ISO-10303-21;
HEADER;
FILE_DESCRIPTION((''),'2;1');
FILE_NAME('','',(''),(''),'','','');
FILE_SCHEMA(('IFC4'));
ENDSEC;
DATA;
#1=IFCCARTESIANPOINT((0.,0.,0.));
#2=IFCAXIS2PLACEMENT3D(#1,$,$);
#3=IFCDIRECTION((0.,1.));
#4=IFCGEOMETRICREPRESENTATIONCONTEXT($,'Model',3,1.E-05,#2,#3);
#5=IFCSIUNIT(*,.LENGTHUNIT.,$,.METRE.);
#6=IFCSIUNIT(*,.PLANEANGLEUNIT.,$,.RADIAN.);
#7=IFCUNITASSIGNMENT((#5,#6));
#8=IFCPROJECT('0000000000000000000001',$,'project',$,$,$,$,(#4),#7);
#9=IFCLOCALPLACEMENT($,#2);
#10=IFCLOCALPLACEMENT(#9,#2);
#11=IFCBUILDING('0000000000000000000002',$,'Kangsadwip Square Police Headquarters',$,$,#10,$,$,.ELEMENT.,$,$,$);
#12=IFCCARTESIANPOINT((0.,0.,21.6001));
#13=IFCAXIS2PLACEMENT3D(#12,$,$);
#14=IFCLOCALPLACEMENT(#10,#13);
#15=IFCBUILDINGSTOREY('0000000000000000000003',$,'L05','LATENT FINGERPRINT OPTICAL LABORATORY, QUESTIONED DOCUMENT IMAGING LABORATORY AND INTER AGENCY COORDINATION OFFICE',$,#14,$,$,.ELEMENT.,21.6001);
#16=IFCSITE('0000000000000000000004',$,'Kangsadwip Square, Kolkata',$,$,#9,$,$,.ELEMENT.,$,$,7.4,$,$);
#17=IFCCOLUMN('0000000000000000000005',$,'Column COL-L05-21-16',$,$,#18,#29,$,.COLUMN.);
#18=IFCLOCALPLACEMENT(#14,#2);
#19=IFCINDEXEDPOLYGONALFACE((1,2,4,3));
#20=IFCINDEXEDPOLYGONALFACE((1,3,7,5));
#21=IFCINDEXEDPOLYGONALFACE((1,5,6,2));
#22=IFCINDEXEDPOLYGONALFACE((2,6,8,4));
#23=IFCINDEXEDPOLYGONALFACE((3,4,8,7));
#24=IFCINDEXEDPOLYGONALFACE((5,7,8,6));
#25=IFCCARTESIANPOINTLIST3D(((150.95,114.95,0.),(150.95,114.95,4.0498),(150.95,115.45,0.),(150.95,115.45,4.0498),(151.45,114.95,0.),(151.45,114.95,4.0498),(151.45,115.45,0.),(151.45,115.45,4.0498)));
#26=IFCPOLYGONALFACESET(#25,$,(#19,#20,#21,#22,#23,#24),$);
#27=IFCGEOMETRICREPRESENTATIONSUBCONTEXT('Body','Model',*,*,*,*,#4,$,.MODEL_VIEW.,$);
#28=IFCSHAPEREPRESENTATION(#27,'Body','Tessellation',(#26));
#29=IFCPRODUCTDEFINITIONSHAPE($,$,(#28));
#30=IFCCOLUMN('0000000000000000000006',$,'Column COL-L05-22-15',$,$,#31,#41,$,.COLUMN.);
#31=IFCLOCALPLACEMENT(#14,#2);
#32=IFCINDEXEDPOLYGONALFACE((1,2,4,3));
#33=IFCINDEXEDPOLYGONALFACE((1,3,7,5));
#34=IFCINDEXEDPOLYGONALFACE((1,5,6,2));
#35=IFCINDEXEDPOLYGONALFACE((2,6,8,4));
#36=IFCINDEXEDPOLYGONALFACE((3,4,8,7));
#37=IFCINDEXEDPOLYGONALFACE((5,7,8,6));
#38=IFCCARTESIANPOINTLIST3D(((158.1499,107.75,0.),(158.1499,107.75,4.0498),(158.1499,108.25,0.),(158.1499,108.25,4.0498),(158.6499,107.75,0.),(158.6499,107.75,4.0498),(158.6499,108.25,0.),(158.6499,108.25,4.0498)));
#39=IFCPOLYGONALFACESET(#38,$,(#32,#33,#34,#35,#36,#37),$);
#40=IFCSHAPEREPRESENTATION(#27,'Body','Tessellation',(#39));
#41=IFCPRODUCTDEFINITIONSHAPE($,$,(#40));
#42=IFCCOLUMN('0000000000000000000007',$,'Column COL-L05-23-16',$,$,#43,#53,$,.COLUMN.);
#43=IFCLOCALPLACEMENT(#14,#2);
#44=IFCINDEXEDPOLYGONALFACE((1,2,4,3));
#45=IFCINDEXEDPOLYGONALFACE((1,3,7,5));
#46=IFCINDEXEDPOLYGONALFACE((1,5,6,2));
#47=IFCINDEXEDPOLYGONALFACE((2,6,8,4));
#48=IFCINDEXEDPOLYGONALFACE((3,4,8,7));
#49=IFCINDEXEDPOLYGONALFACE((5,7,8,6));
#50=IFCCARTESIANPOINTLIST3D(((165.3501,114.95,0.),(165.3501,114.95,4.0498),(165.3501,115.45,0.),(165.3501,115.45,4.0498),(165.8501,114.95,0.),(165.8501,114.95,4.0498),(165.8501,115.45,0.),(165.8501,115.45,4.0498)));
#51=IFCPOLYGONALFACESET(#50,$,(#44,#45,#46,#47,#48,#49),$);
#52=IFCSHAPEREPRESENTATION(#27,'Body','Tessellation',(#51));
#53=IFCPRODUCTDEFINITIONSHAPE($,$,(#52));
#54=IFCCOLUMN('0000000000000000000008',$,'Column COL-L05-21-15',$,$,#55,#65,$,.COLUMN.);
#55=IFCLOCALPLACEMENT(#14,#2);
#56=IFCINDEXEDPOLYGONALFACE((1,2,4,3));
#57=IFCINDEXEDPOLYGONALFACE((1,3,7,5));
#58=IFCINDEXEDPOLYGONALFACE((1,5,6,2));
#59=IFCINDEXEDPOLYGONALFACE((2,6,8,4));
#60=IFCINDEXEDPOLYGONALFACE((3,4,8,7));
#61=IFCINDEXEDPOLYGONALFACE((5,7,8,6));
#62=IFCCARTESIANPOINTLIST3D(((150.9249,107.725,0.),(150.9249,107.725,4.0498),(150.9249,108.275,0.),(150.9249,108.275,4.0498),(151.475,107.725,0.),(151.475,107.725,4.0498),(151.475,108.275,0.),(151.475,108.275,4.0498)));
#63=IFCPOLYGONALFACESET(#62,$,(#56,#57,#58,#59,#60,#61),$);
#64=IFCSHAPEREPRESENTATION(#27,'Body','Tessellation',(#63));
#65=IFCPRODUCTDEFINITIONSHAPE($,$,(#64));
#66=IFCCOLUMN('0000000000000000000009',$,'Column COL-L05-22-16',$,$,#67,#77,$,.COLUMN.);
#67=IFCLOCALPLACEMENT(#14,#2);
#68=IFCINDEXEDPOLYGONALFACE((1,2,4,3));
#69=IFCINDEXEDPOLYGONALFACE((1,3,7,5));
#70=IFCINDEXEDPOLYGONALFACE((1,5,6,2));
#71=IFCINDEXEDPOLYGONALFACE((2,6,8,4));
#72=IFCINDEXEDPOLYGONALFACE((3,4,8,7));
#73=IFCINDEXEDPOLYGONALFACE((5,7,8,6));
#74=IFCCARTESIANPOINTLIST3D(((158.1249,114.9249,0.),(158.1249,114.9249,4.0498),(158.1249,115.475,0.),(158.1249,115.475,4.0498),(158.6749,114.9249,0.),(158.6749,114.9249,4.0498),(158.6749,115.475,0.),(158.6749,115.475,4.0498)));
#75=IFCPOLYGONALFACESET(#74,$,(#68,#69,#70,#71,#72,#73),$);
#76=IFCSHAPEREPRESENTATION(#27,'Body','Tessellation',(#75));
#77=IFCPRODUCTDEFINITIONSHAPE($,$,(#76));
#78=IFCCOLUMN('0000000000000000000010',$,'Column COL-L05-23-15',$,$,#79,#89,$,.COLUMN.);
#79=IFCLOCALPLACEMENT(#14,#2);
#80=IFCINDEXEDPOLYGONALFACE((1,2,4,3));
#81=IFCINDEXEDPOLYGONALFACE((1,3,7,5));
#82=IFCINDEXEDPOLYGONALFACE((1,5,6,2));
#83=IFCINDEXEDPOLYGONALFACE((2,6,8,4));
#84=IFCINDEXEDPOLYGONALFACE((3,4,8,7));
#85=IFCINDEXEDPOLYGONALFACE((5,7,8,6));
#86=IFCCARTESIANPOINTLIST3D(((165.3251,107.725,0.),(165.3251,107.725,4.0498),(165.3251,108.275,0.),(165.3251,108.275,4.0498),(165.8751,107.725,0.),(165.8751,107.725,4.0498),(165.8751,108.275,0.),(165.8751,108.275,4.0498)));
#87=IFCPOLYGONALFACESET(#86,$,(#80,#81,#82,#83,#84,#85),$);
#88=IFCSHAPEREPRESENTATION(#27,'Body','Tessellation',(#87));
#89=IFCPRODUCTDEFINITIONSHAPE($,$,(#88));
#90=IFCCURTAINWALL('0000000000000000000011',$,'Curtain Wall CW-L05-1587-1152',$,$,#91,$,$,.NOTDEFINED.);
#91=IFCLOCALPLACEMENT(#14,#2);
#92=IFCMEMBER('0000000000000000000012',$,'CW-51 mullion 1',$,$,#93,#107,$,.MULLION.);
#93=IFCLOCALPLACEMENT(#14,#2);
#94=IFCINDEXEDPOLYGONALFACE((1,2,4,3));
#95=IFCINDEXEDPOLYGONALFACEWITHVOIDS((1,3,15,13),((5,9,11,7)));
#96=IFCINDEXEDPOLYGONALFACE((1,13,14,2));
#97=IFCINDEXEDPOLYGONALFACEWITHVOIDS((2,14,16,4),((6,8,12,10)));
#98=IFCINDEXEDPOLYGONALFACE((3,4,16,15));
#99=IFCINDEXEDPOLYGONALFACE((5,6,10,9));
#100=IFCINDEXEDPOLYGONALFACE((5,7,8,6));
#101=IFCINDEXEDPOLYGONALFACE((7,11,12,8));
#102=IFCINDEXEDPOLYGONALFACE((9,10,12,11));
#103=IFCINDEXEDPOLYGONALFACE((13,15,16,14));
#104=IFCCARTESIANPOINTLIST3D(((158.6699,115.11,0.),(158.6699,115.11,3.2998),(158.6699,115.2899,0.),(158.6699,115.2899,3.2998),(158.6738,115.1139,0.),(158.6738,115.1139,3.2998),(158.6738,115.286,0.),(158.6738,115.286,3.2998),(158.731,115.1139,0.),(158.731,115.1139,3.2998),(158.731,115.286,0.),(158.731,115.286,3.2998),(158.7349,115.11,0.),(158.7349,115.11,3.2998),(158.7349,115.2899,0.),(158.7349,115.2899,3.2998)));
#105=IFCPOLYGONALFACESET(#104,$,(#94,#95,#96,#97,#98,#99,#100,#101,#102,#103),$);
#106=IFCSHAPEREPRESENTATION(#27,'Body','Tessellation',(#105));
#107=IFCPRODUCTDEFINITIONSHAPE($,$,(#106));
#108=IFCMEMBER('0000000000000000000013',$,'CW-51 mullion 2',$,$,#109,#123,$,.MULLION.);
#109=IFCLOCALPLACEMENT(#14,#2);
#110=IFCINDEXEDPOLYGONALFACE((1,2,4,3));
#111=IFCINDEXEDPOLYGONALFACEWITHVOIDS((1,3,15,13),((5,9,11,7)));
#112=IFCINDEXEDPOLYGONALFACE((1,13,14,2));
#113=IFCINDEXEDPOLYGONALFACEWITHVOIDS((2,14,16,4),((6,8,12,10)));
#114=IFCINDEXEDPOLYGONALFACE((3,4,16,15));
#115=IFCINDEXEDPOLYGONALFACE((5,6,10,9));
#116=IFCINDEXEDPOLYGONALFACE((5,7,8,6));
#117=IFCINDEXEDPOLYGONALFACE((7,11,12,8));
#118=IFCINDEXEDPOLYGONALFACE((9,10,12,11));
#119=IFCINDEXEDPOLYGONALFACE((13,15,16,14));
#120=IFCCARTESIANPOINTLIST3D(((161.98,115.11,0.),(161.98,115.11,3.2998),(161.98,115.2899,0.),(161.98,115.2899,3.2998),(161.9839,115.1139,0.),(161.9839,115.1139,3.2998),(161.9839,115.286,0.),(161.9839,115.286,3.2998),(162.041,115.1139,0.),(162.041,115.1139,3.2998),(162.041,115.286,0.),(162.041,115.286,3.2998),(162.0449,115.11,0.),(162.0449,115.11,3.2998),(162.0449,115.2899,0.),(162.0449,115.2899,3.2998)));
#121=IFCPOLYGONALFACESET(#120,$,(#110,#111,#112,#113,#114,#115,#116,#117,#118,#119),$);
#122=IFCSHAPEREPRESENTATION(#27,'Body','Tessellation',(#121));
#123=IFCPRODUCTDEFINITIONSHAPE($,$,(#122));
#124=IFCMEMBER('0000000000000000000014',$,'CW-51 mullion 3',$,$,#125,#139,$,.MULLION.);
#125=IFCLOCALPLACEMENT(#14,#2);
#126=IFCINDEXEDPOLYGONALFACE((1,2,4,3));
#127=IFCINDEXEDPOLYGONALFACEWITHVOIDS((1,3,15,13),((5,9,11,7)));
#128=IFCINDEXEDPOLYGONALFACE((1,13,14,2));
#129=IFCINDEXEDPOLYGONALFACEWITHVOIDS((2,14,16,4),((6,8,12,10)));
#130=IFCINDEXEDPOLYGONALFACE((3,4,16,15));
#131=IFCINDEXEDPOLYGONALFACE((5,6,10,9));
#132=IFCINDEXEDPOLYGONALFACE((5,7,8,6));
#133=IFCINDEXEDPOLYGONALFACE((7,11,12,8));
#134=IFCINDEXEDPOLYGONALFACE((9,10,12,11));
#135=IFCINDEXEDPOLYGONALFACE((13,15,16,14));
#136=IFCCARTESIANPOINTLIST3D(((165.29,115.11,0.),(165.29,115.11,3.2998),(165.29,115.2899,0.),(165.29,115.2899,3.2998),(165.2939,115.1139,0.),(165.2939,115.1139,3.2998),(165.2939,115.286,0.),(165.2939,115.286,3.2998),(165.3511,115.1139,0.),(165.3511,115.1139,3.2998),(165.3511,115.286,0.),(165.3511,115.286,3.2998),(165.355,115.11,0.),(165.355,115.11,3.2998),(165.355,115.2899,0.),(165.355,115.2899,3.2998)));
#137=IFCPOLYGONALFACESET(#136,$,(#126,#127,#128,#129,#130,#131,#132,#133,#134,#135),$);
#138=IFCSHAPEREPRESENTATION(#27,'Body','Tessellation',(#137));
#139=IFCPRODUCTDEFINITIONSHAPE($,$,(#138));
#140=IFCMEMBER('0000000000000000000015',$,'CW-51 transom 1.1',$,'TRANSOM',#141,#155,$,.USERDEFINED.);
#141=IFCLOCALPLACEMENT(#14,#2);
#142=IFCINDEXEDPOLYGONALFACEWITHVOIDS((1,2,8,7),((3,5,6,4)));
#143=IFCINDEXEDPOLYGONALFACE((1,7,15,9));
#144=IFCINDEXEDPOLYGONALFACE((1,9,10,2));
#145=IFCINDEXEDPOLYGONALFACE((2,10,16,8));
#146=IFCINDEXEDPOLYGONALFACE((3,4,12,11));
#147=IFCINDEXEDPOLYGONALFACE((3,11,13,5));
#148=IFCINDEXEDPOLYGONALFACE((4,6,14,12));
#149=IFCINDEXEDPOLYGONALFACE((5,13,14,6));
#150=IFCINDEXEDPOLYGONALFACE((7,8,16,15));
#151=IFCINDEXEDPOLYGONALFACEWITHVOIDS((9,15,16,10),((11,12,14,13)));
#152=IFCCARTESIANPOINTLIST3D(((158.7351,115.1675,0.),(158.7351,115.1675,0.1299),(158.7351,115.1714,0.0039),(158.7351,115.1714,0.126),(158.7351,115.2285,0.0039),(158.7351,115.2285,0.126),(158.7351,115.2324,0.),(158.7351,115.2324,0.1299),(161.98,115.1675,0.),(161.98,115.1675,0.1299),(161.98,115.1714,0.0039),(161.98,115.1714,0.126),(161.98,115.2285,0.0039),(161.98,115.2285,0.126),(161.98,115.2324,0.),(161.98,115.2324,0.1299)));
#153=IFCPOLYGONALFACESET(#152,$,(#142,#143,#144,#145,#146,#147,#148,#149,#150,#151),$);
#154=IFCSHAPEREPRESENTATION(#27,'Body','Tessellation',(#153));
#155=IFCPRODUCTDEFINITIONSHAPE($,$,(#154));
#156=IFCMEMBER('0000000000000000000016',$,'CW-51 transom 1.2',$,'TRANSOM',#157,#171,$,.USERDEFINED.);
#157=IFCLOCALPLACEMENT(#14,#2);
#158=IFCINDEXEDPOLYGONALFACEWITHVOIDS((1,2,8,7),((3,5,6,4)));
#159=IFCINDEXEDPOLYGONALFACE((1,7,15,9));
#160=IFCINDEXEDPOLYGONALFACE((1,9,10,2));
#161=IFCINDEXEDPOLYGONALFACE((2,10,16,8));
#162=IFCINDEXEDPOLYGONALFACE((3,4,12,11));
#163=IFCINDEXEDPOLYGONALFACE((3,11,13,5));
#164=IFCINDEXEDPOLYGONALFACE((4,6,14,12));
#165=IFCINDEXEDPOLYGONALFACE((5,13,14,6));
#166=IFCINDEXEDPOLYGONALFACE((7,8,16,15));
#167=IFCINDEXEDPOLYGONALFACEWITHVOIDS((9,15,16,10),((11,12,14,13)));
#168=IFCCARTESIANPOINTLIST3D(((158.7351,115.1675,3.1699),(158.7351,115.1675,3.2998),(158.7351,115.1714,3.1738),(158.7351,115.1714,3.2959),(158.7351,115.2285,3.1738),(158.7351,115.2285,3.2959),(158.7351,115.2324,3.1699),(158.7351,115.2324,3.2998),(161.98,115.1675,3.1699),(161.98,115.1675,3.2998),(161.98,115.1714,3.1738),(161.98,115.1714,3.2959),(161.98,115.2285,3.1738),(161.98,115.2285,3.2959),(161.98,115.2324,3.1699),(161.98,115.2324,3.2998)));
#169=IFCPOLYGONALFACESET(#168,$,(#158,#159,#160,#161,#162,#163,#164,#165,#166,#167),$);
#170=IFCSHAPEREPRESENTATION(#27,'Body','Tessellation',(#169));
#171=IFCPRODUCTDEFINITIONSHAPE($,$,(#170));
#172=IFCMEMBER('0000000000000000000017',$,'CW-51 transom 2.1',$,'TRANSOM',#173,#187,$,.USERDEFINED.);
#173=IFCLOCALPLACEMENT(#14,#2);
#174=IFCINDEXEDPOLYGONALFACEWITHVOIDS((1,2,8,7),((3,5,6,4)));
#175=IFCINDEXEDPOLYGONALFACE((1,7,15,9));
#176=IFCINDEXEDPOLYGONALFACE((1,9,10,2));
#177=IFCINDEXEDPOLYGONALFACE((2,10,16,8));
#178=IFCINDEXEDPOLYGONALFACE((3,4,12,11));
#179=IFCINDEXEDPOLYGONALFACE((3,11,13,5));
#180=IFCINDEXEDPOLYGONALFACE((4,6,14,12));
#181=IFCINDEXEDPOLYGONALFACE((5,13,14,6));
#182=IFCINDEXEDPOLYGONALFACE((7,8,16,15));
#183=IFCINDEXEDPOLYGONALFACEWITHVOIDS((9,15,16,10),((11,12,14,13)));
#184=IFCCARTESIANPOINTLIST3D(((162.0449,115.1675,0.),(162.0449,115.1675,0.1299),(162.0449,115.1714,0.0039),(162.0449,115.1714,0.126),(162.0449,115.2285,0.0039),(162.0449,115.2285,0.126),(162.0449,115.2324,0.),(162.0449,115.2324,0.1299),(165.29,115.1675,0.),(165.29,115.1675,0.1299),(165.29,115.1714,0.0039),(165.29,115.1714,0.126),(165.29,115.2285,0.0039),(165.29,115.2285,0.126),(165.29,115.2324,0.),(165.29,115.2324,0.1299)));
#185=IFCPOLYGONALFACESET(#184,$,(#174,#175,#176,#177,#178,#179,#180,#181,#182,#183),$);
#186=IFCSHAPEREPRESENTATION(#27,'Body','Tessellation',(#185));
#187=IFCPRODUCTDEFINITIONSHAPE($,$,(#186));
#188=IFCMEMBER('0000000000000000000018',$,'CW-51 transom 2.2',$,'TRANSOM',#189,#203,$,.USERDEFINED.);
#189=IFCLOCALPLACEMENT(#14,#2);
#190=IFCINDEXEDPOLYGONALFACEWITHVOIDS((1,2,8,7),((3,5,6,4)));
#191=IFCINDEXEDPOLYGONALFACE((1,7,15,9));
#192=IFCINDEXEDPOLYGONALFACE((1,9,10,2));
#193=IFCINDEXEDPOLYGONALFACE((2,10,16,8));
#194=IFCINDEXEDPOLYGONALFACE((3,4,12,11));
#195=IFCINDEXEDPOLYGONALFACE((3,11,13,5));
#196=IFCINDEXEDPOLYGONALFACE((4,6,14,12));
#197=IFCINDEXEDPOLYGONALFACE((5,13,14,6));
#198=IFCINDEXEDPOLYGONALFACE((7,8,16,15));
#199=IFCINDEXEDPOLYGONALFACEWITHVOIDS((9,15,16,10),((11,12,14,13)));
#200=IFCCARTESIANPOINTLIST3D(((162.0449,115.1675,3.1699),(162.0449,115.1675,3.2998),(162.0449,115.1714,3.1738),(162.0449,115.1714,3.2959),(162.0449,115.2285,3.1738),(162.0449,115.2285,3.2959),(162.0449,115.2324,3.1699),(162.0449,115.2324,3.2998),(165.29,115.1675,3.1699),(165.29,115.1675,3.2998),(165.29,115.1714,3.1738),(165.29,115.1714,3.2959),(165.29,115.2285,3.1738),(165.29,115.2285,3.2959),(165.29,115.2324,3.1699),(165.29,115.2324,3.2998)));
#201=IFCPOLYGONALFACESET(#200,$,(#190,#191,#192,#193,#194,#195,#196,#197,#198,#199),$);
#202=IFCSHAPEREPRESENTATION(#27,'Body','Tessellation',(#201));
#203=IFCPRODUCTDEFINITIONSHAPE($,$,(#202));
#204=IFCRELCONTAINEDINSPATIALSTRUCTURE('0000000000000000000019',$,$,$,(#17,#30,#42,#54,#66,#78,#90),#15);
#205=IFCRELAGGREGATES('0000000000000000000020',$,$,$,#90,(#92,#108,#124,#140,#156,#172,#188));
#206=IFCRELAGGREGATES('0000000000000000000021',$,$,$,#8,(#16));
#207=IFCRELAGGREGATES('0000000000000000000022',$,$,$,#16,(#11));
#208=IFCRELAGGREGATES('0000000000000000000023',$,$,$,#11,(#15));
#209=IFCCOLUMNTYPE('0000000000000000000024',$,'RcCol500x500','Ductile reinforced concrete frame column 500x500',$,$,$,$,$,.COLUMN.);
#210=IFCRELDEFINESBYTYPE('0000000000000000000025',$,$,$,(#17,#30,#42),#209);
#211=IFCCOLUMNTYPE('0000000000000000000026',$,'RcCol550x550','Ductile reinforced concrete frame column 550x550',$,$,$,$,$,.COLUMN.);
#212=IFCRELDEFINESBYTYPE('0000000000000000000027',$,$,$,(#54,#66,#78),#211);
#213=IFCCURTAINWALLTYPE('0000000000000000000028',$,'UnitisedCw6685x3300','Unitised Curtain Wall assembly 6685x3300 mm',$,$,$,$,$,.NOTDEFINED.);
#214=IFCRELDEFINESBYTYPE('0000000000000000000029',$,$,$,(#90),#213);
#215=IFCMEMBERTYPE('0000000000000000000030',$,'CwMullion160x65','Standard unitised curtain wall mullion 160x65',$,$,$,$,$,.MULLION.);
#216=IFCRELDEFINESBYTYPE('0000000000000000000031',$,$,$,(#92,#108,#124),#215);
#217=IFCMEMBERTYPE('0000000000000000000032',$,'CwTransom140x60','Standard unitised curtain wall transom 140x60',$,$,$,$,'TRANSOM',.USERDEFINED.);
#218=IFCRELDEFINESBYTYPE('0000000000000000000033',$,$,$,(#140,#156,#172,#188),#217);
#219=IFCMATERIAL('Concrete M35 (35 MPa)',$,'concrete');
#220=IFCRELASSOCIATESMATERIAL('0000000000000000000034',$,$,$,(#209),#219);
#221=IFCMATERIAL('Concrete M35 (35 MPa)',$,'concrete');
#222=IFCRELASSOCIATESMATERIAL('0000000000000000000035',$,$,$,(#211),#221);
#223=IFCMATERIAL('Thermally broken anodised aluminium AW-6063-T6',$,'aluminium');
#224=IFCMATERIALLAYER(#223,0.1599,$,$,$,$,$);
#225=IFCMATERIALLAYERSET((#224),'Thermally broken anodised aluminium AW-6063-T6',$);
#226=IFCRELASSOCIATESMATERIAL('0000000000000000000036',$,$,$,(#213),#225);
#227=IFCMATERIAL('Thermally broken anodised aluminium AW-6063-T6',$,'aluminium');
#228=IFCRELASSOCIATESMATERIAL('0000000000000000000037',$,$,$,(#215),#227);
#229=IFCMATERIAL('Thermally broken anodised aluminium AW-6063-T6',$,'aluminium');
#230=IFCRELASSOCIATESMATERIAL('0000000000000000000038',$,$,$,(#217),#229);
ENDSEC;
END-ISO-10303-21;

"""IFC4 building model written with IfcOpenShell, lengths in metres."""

from ifc_helpers import new_model, si_unit, direction, frame, origin, origin_2d, place, context, subcontext, project, spatial, rectangle, hollow_rectangle, extrude, material, layer, layer_set, material_profile, profile_set, type_object, element, aggregate, save


model = new_model("IFC4")

# Units and contexts
model_context = context("Model", 3, precision=1e-05, world=origin(), true_north=direction((0.0, 1.0)))
body_context = subcontext(model_context, "Body", "Model", "MODEL_VIEW")
ifc_project = project(units=[si_unit("LENGTHUNIT", "METRE"), si_unit("PLANEANGLEUNIT", "RADIAN")], contexts=[model_context])

# Site, building, storey
site_placement = place(None, origin())
site = spatial("IfcSite", under=ifc_project, at=site_placement, Name="Kangsadwip Square, Kolkata", CompositionType="ELEMENT", RefElevation=7.4)
building_placement = place(site_placement, origin())
building = spatial("IfcBuilding", under=site, at=building_placement, Name="Kangsadwip Square Police Headquarters", CompositionType="ELEMENT")
storey_placement = place(building_placement, frame((0.0, 0.0, 21.6001)))
storey = spatial("IfcBuildingStorey", under=building, at=storey_placement, Name="L05", Description="LATENT FINGERPRINT OPTICAL LABORATORY, QUESTIONED DOCUMENT IMAGING LABORATORY AND INTER AGENCY COORDINATION OFFICE", CompositionType="ELEMENT", Elevation=21.6001)

# Columns
ifc_material_1 = material(Name="Concrete M35 (35 MPa)", Category="concrete")
ifc_material_profile_1 = material_profile(ifc_material_1, rectangle(XDim=0.5, YDim=0.5, at=origin_2d()), Name="RC COL 500X500")
ifc_profile_set_1 = profile_set([ifc_material_profile_1], Name="Concrete M35 (35 MPa)")
column_type_1 = type_object("IfcColumnType", Name="RcCol500x500", Description="Ductile reinforced concrete frame column 500x500", PredefinedType="COLUMN", material=ifc_profile_set_1)
for number, where, z_axis, x_axis, name in (
    (1, (151.2, 115.2, 0.0), (0.0, 0.0, 1.0), (1.0, 0.0, 0.0), "Column COL-L05-21-16"),
    (2, (158.3999, 108.0, 0.0), (0.0, 0.0, 1.0), (1.0, 0.0, 0.0), "Column COL-L05-22-15"),
    (3, (165.6001, 115.2, 0.0), (0.0, 0.0, 1.0), (1.0, 0.0, 0.0), "Column COL-L05-23-16"),
):
    element("IfcColumn", number, at=place(storey_placement, frame(where, z_axis=z_axis, x_axis=x_axis)), inside=storey, type_object=column_type_1, Name=name, PredefinedType="COLUMN", context=body_context, shape_type="SweptSolid", body=[
        extrude(rectangle(XDim=0.5, YDim=0.5, at=origin_2d()), origin(), (0.0, 0.0, 1.0), 4.0498),
    ])
ifc_material_2 = material(Name="Concrete M35 (35 MPa)", Category="concrete")
ifc_material_profile_2 = material_profile(ifc_material_2, rectangle(XDim=0.55, YDim=0.55, at=origin_2d()), Name="RC COL 550X550")
ifc_profile_set_2 = profile_set([ifc_material_profile_2], Name="Concrete M35 (35 MPa)")
column_type_2 = type_object("IfcColumnType", Name="RcCol550x550", Description="Ductile reinforced concrete frame column 550x550", PredefinedType="COLUMN", material=ifc_profile_set_2)
for number, where, z_axis, x_axis, name in (
    (4, (151.2, 108.0, 0.0), (0.0, 0.0, 1.0), (1.0, 0.0, 0.0), "Column COL-L05-21-15"),
    (5, (158.3999, 115.2, 0.0), (0.0, 0.0, 1.0), (1.0, 0.0, 0.0), "Column COL-L05-22-16"),
    (6, (165.6001, 108.0, 0.0), (0.0, 0.0, 1.0), (1.0, 0.0, 0.0), "Column COL-L05-23-15"),
):
    element("IfcColumn", number, at=place(storey_placement, frame(where, z_axis=z_axis, x_axis=x_axis)), inside=storey, type_object=column_type_2, Name=name, PredefinedType="COLUMN", context=body_context, shape_type="SweptSolid", body=[
        extrude(rectangle(XDim=0.55, YDim=0.55, at=origin_2d()), origin(), (0.0, 0.0, 1.0), 4.0498),
    ])

# Curtain wall, members
ifc_material_3 = material(Name="Thermally broken anodised aluminium AW-6063-T6", Category="aluminium")
ifc_layer_1 = layer(ifc_material_3, 0.1599)
ifc_layer_set_1 = layer_set([ifc_layer_1], Name="Thermally broken anodised aluminium AW-6063-T6")
curtain_wall_type = type_object("IfcCurtainWallType", Name="UnitisedCw6685x3300", Description="Unitised Curtain Wall assembly 6685x3300 mm", PredefinedType="NOTDEFINED", material=ifc_layer_set_1)
curtain_wall_placement = place(storey_placement, origin())
curtain_wall = element("IfcCurtainWall", 7, at=curtain_wall_placement, inside=storey, type_object=curtain_wall_type, Name="Curtain Wall CW-L05-1587-1152", PredefinedType="NOTDEFINED")
ifc_material_4 = material(Name="Thermally broken anodised aluminium AW-6063-T6", Category="aluminium")
ifc_material_profile_3 = material_profile(ifc_material_4, hollow_rectangle(XDim=0.0649, YDim=0.1799, WallThickness=0.0039, at=origin_2d()), Name="CWM 180X65X4")
ifc_profile_set_3 = profile_set([ifc_material_profile_3], Name="Thermally broken anodised aluminium AW-6063-T6")
member_type_1 = type_object("IfcMemberType", Name="CwMullion160x65", Description="Standard unitised curtain wall mullion 160x65", PredefinedType="MULLION", material=ifc_profile_set_3)
member_1_placement = place(storey_placement, frame((158.7024, 115.2, 0.0), z_axis=(0.0, 0.0, 1.0), x_axis=(1.0, 0.0, 0.0)))
member_1 = element("IfcMember", 8, at=member_1_placement, type_object=member_type_1, Name="CW-51 mullion 1", PredefinedType="MULLION", context=body_context, shape_type="SweptSolid", body=[
    extrude(hollow_rectangle(XDim=0.0649, YDim=0.1799, WallThickness=0.0039, at=origin_2d()), origin(), (0.0, 0.0, 1.0), 3.2998),
])
member_2_placement = place(storey_placement, frame((162.0125, 115.2, 0.0), z_axis=(0.0, 0.0, 1.0), x_axis=(1.0, 0.0, 0.0)))
member_2 = element("IfcMember", 9, at=member_2_placement, type_object=member_type_1, Name="CW-51 mullion 2", PredefinedType="MULLION", context=body_context, shape_type="SweptSolid", body=[
    extrude(hollow_rectangle(XDim=0.0649, YDim=0.1799, WallThickness=0.0039, at=origin_2d()), origin(), (0.0, 0.0, 1.0), 3.2998),
])
member_3_placement = place(storey_placement, frame((165.3225, 115.2, 0.0), z_axis=(0.0, 0.0, 1.0), x_axis=(1.0, 0.0, 0.0)))
member_3 = element("IfcMember", 10, at=member_3_placement, type_object=member_type_1, Name="CW-51 mullion 3", PredefinedType="MULLION", context=body_context, shape_type="SweptSolid", body=[
    extrude(hollow_rectangle(XDim=0.0649, YDim=0.1799, WallThickness=0.0039, at=origin_2d()), origin(), (0.0, 0.0, 1.0), 3.2998),
])
ifc_material_5 = material(Name="Thermally broken anodised aluminium AW-6063-T6", Category="aluminium")
ifc_material_profile_4 = material_profile(ifc_material_5, hollow_rectangle(XDim=0.0649, YDim=0.1299, WallThickness=0.0039, at=origin_2d()), Name="CWT 130X65X4")
ifc_profile_set_4 = profile_set([ifc_material_profile_4], Name="Thermally broken anodised aluminium AW-6063-T6")
member_type_2 = type_object("IfcMemberType", Name="CwTransom140x60", Description="Standard unitised curtain wall transom 140x60", ElementType="TRANSOM", PredefinedType="USERDEFINED", material=ifc_profile_set_4)
member_4_placement = place(storey_placement, frame((158.7351, 115.2, 0.0649), z_axis=(1.0, 0.0, 0.0), x_axis=(0.0, 1.0, 0.0)))
member_4 = element("IfcMember", 11, at=member_4_placement, type_object=member_type_2, Name="CW-51 transom 1.1", ObjectType="TRANSOM", PredefinedType="USERDEFINED", context=body_context, shape_type="SweptSolid", body=[
    extrude(hollow_rectangle(XDim=0.0649, YDim=0.1299, WallThickness=0.0039, at=origin_2d()), origin(), (0.0, 0.0, 1.0), 3.2449),
])
member_5_placement = place(storey_placement, frame((158.7351, 115.2, 3.2349), z_axis=(1.0, 0.0, 0.0), x_axis=(0.0, 1.0, 0.0)))
member_5 = element("IfcMember", 12, at=member_5_placement, type_object=member_type_2, Name="CW-51 transom 1.2", ObjectType="TRANSOM", PredefinedType="USERDEFINED", context=body_context, shape_type="SweptSolid", body=[
    extrude(hollow_rectangle(XDim=0.0649, YDim=0.1299, WallThickness=0.0039, at=origin_2d()), origin(), (0.0, 0.0, 1.0), 3.2449),
])
member_6_placement = place(storey_placement, frame((162.0449, 115.2, 0.0649), z_axis=(1.0, 0.0, 0.0), x_axis=(0.0, 1.0, 0.0)))
member_6 = element("IfcMember", 13, at=member_6_placement, type_object=member_type_2, Name="CW-51 transom 2.1", ObjectType="TRANSOM", PredefinedType="USERDEFINED", context=body_context, shape_type="SweptSolid", body=[
    extrude(hollow_rectangle(XDim=0.0649, YDim=0.1299, WallThickness=0.0039, at=origin_2d()), origin(), (0.0, 0.0, 1.0), 3.2451),
])
member_7_placement = place(storey_placement, frame((162.0449, 115.2, 3.2349), z_axis=(1.0, 0.0, 0.0), x_axis=(0.0, 1.0, 0.0)))
member_7 = element("IfcMember", 14, at=member_7_placement, type_object=member_type_2, Name="CW-51 transom 2.2", ObjectType="TRANSOM", PredefinedType="USERDEFINED", context=body_context, shape_type="SweptSolid", body=[
    extrude(hollow_rectangle(XDim=0.0649, YDim=0.1299, WallThickness=0.0039, at=origin_2d()), origin(), (0.0, 0.0, 1.0), 3.2451),
])

aggregate(curtain_wall, [member_1, member_2, member_3, member_4, member_5, member_6, member_7])

save(model, "model.ifc")
